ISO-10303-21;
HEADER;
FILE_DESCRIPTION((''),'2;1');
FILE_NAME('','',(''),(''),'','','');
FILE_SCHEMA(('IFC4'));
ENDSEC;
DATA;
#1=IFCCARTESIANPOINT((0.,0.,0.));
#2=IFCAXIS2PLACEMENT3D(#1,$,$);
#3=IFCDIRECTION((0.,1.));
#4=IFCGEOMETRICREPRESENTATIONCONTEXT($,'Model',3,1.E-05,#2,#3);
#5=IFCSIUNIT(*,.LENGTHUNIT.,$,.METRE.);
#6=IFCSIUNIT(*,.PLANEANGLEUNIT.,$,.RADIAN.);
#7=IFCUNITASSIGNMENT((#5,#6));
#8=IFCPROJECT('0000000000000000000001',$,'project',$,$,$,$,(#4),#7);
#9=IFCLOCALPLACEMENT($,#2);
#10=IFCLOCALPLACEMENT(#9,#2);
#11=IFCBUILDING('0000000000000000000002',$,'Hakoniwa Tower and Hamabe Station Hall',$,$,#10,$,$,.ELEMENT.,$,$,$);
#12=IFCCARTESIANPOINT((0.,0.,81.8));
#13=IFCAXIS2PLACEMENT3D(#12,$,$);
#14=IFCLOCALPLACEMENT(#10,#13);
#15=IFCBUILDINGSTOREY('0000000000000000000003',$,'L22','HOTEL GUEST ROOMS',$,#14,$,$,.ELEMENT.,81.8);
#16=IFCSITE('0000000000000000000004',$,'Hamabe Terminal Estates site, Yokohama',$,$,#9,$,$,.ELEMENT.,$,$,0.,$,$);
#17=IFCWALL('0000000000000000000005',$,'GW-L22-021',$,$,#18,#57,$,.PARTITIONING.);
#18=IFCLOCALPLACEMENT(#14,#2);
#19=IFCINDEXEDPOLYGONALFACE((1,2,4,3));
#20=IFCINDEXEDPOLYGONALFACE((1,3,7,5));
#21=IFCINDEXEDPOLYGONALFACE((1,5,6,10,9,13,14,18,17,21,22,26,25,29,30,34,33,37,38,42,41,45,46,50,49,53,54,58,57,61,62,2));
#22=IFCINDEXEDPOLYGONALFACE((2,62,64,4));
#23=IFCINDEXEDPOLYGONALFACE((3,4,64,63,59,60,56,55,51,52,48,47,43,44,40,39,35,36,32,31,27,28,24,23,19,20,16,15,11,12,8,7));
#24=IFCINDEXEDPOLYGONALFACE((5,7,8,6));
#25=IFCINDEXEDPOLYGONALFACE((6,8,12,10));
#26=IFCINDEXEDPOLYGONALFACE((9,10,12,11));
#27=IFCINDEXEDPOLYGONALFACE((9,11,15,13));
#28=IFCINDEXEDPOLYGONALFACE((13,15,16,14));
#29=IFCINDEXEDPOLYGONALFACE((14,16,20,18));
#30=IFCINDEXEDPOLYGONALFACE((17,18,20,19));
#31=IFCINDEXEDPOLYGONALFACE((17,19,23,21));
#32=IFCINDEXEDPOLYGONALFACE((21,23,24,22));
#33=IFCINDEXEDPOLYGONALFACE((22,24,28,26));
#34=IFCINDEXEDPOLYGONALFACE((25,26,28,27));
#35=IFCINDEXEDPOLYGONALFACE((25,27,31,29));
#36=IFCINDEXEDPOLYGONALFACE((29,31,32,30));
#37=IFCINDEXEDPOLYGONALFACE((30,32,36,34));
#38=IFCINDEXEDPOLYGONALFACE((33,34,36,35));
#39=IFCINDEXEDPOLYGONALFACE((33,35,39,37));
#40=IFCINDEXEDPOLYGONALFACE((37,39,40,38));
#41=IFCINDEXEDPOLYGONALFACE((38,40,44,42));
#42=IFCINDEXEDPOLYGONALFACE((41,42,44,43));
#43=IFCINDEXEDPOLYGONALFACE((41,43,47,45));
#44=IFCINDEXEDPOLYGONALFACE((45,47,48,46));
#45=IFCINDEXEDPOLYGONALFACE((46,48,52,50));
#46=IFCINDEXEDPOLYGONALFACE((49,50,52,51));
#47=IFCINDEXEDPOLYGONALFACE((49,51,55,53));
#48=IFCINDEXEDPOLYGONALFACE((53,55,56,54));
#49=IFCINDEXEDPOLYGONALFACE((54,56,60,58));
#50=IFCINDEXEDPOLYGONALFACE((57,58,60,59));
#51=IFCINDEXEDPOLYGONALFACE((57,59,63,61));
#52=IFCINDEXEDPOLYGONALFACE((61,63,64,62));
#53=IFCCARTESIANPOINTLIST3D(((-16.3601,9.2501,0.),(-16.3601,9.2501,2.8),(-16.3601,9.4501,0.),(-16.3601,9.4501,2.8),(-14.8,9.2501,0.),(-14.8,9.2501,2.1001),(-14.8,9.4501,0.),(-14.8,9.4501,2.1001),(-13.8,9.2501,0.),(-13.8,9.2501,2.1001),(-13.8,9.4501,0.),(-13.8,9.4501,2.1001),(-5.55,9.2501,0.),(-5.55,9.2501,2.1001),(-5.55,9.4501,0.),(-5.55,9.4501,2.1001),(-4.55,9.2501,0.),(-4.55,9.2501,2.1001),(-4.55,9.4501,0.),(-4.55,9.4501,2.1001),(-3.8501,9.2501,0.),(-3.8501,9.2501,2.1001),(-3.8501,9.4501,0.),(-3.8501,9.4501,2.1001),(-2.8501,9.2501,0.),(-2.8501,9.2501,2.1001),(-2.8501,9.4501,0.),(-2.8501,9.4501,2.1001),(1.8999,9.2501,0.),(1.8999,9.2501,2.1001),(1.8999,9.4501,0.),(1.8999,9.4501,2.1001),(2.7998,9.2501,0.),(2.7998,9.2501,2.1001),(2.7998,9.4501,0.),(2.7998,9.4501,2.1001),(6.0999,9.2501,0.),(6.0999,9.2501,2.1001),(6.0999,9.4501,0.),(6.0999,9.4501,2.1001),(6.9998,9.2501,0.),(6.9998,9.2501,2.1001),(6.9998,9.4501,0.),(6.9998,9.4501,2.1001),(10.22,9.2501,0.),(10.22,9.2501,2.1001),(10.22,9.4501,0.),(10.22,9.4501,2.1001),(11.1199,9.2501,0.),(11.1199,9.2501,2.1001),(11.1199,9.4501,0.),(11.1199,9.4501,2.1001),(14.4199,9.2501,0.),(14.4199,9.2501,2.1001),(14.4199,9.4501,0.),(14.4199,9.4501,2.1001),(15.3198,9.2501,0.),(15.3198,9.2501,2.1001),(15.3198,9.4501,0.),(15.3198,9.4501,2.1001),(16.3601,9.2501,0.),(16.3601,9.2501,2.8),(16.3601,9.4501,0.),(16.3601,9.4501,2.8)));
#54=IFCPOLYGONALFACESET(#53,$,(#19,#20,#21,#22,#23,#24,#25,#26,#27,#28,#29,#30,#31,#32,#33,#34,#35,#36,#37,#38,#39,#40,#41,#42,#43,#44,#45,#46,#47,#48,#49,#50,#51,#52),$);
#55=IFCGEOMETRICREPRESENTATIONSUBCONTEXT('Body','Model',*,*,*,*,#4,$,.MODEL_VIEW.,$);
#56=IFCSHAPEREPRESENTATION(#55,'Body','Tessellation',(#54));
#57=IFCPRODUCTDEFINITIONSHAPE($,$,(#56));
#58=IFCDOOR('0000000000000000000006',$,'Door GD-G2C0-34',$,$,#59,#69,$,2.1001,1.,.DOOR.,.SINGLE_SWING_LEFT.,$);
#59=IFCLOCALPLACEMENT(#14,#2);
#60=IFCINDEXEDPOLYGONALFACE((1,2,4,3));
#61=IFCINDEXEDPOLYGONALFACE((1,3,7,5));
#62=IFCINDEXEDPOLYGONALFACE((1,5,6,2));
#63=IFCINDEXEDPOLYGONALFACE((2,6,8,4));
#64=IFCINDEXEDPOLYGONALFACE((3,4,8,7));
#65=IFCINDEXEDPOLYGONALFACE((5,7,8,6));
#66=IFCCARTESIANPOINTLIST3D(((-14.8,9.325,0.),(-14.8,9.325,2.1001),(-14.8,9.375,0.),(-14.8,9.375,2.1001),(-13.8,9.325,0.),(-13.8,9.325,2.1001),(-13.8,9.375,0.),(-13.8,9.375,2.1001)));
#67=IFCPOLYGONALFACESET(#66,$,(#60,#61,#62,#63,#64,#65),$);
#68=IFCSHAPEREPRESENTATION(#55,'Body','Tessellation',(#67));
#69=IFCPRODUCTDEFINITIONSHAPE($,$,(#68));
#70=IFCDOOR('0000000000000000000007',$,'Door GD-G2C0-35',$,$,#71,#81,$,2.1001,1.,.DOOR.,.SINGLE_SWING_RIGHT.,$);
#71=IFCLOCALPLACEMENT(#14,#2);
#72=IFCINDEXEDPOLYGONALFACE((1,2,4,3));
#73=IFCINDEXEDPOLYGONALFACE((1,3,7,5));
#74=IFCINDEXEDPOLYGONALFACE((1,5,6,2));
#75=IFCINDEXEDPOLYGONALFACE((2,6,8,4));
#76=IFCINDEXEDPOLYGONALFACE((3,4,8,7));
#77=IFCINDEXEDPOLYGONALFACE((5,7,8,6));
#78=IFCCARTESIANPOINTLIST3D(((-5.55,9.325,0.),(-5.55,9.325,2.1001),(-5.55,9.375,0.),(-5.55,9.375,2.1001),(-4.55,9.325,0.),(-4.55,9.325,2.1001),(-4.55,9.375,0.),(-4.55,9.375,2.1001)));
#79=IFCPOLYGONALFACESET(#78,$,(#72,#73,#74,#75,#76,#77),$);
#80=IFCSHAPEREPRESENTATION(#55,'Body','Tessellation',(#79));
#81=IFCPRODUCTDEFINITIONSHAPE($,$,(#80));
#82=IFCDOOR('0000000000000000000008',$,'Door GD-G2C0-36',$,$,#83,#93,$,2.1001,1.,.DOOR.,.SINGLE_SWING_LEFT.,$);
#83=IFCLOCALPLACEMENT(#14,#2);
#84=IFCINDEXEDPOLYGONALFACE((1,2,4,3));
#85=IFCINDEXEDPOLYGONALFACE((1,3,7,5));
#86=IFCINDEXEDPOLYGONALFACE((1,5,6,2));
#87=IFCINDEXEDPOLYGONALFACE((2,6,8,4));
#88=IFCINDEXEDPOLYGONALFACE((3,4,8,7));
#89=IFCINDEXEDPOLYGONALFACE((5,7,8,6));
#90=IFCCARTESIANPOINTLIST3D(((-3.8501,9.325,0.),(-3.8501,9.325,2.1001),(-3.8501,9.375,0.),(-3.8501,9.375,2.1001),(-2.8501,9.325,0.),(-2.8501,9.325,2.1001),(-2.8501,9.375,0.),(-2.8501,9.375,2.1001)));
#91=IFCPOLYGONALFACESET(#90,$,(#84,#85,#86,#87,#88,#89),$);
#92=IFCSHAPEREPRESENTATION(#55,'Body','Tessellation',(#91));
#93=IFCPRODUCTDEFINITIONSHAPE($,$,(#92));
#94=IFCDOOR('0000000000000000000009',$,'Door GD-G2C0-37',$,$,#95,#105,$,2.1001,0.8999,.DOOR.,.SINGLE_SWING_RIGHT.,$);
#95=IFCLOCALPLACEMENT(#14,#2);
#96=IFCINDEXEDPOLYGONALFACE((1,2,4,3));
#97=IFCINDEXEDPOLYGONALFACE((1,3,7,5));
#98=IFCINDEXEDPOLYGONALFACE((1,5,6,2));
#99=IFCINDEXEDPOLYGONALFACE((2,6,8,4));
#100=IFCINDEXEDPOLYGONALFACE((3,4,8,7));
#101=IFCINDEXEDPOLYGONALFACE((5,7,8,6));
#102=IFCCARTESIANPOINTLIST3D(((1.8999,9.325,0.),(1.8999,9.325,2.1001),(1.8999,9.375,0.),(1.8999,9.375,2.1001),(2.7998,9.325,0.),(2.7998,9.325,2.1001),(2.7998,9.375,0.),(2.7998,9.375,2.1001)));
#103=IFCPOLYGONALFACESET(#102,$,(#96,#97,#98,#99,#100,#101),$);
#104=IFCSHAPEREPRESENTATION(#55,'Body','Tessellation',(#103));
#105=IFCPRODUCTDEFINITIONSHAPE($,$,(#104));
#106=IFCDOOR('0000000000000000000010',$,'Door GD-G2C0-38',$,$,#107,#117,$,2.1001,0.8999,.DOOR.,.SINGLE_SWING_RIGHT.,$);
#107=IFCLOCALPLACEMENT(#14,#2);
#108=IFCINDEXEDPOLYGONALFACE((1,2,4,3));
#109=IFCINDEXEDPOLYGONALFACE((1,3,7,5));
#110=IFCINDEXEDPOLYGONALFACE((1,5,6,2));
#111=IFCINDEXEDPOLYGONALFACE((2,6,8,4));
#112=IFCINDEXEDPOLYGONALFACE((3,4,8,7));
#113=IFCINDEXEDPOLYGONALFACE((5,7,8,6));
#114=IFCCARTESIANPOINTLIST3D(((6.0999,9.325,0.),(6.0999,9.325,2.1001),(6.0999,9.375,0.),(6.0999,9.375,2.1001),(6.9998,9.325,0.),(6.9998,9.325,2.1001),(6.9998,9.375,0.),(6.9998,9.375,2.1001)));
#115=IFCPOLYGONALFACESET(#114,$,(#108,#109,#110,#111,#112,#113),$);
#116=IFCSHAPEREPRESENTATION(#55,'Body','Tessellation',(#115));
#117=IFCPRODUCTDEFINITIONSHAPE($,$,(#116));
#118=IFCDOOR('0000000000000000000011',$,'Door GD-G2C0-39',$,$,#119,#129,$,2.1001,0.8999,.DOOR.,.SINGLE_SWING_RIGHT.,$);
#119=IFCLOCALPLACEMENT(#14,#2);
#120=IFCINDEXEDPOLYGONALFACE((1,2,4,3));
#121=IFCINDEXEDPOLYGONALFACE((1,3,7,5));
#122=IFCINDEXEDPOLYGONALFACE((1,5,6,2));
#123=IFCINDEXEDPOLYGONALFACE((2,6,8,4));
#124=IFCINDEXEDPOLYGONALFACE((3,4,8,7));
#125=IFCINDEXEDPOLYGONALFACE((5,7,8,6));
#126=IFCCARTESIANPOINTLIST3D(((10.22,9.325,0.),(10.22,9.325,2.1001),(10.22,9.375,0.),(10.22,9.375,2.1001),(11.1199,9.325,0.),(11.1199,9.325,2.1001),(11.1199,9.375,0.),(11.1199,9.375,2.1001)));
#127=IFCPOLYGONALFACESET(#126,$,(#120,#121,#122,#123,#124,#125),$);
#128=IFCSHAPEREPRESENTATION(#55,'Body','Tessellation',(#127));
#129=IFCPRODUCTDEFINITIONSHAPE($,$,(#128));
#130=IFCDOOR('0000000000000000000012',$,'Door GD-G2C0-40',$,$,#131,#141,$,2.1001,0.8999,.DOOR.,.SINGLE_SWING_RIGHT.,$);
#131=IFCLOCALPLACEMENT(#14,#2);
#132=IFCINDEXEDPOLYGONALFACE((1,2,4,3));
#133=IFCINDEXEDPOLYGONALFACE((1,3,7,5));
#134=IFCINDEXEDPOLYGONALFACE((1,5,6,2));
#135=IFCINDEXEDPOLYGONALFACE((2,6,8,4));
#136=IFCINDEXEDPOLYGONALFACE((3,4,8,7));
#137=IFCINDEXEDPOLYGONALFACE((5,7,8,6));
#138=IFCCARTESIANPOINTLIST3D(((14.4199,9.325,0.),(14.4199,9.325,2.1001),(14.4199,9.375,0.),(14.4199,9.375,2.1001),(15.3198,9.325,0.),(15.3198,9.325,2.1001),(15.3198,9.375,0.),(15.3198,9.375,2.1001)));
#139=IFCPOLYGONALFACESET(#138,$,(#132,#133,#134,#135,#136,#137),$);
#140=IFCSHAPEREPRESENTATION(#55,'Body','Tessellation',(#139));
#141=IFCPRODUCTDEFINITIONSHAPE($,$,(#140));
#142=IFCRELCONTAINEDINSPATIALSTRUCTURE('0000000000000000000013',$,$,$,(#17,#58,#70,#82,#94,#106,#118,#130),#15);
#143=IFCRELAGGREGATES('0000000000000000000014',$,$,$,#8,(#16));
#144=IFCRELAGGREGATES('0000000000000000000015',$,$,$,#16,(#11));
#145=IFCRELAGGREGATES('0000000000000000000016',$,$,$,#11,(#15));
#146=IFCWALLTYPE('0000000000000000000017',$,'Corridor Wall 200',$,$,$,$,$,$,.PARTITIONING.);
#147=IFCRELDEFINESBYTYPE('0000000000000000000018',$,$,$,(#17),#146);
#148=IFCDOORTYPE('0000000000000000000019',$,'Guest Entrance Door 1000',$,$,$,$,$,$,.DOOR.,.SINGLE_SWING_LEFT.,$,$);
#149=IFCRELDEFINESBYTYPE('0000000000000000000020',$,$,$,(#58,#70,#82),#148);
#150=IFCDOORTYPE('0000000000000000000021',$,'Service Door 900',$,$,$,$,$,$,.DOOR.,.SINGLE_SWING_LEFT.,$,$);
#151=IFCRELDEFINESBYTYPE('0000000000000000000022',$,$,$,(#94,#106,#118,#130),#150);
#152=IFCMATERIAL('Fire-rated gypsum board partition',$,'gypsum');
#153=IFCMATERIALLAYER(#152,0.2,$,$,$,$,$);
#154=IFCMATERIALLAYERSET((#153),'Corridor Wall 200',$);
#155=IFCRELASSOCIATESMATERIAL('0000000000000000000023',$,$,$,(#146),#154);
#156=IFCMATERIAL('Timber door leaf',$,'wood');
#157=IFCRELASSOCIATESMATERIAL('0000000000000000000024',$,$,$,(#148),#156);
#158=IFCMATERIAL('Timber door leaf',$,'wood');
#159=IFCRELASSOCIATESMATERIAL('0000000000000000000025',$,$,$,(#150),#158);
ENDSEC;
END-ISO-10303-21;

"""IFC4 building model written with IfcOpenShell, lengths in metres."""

from ifc_helpers import new_model, si_unit, direction, frame, frame_2d, origin, place, context, subcontext, project, spatial, rectangle, extrude, material, layer, layer_set, type_object, element, fill, save


model = new_model("IFC4")

# Units and contexts
model_context = context("Model", 3, precision=1e-05, world=origin(), true_north=direction((0.0, 1.0)))
body_context = subcontext(model_context, "Body", "Model", "MODEL_VIEW")
ifc_project = project(units=[si_unit("LENGTHUNIT", "METRE"), si_unit("PLANEANGLEUNIT", "RADIAN")], contexts=[model_context])

# Site, building, storey
site_placement = place(None, origin())
site = spatial("IfcSite", under=ifc_project, at=site_placement, Name="Hamabe Terminal Estates site, Yokohama", CompositionType="ELEMENT", RefElevation=0.0)
building_placement = place(site_placement, origin())
building = spatial("IfcBuilding", under=site, at=building_placement, Name="Hakoniwa Tower and Hamabe Station Hall", CompositionType="ELEMENT")
storey_placement = place(building_placement, frame((0.0, 0.0, 81.8)))
storey = spatial("IfcBuildingStorey", under=building, at=storey_placement, Name="L22", Description="HOTEL GUEST ROOMS", CompositionType="ELEMENT", Elevation=81.8)

# Wall, openings, doors
ifc_material_1 = material(Name="Fire-rated gypsum board partition", Category="gypsum")
ifc_layer_1 = layer(ifc_material_1, 0.2)
ifc_layer_set_1 = layer_set([ifc_layer_1], Name="Corridor Wall 200")
wall_type_1 = type_object("IfcWallType", Name="Corridor Wall 200", PredefinedType="PARTITIONING", material=ifc_layer_set_1)
wall_1_placement = place(storey_placement, frame((-16.3601, 9.3501, 0.0), z_axis=(0.0, 0.0, 1.0), x_axis=(1.0, 0.0, 0.0)))
wall_1 = element("IfcWall", 1, at=wall_1_placement, inside=storey, type_object=wall_type_1, Name="GW-L22-021", PredefinedType="PARTITIONING", context=body_context, shape_type="SweptSolid", body=[
    extrude(rectangle(XDim=32.7202, YDim=0.2, at=frame_2d((16.3601, 0.0))), origin(), (0.0, 0.0, 1.0), 2.8),
])
opening_1_placement = place(wall_1_placement, frame((1.5601, 0.0, 0.0)))
opening_1 = element("IfcOpeningElement", 2, at=opening_1_placement, cuts=wall_1, PredefinedType="OPENING", context=body_context, shape_type="SweptSolid", body=[
    extrude(rectangle(XDim=1.0, YDim=2.1001, at=frame_2d((0.5, 1.05))), frame((0.0, 0.1099, 0.0), z_axis=(0.0, -1.0, 0.0), x_axis=(1.0, 0.0, 0.0)), (0.0, 0.0, 1.0), 0.22),
])
opening_2_placement = place(wall_1_placement, frame((10.8101, 0.0, 0.0)))
opening_2 = element("IfcOpeningElement", 3, at=opening_2_placement, cuts=wall_1, PredefinedType="OPENING", context=body_context, shape_type="SweptSolid", body=[
    extrude(rectangle(XDim=1.0, YDim=2.1001, at=frame_2d((0.5, 1.05))), frame((0.0, 0.1099, 0.0), z_axis=(0.0, -1.0, 0.0), x_axis=(1.0, 0.0, 0.0)), (0.0, 0.0, 1.0), 0.22),
])
opening_3_placement = place(wall_1_placement, frame((12.51, 0.0, 0.0)))
opening_3 = element("IfcOpeningElement", 4, at=opening_3_placement, cuts=wall_1, PredefinedType="OPENING", context=body_context, shape_type="SweptSolid", body=[
    extrude(rectangle(XDim=1.0, YDim=2.1001, at=frame_2d((0.5, 1.05))), frame((0.0, 0.1099, 0.0), z_axis=(0.0, -1.0, 0.0), x_axis=(1.0, 0.0, 0.0)), (0.0, 0.0, 1.0), 0.22),
])
opening_4_placement = place(wall_1_placement, frame((18.26, 0.0, 0.0)))
opening_4 = element("IfcOpeningElement", 5, at=opening_4_placement, cuts=wall_1, PredefinedType="OPENING", context=body_context, shape_type="SweptSolid", body=[
    extrude(rectangle(XDim=0.8999, YDim=2.1001, at=frame_2d((0.45, 1.05))), frame((0.0, 0.1099, 0.0), z_axis=(0.0, -1.0, 0.0), x_axis=(1.0, 0.0, 0.0)), (0.0, 0.0, 1.0), 0.22),
])
opening_5_placement = place(wall_1_placement, frame((22.46, 0.0, 0.0)))
opening_5 = element("IfcOpeningElement", 6, at=opening_5_placement, cuts=wall_1, PredefinedType="OPENING", context=body_context, shape_type="SweptSolid", body=[
    extrude(rectangle(XDim=0.8999, YDim=2.1001, at=frame_2d((0.45, 1.05))), frame((0.0, 0.1099, 0.0), z_axis=(0.0, -1.0, 0.0), x_axis=(1.0, 0.0, 0.0)), (0.0, 0.0, 1.0), 0.22),
])
opening_6_placement = place(wall_1_placement, frame((26.5801, 0.0, 0.0)))
opening_6 = element("IfcOpeningElement", 7, at=opening_6_placement, cuts=wall_1, PredefinedType="OPENING", context=body_context, shape_type="SweptSolid", body=[
    extrude(rectangle(XDim=0.8999, YDim=2.1001, at=frame_2d((0.45, 1.05))), frame((0.0, 0.1099, 0.0), z_axis=(0.0, -1.0, 0.0), x_axis=(1.0, 0.0, 0.0)), (0.0, 0.0, 1.0), 0.22),
])
opening_7_placement = place(wall_1_placement, frame((30.78, 0.0, 0.0)))
opening_7 = element("IfcOpeningElement", 8, at=opening_7_placement, cuts=wall_1, PredefinedType="OPENING", context=body_context, shape_type="SweptSolid", body=[
    extrude(rectangle(XDim=0.8999, YDim=2.1001, at=frame_2d((0.45, 1.05))), frame((0.0, 0.1099, 0.0), z_axis=(0.0, -1.0, 0.0), x_axis=(1.0, 0.0, 0.0)), (0.0, 0.0, 1.0), 0.22),
])
ifc_material_2 = material(Name="Timber door leaf", Category="wood")
door_type_1 = type_object("IfcDoorType", Name="Guest Entrance Door 1000", OperationType="SINGLE_SWING_LEFT", PredefinedType="DOOR", material=ifc_material_2)
door_1_placement = place(opening_1_placement, origin())
door_1 = element("IfcDoor", 9, at=door_1_placement, inside=storey, type_object=door_type_1, Name="Door GD-G2C0-34", OperationType="SINGLE_SWING_LEFT", OverallHeight=2.1001, OverallWidth=1.0, PredefinedType="DOOR", context=body_context, shape_type="SweptSolid", body=[
    extrude(rectangle(XDim=1.0, YDim=2.1001, at=frame_2d((0.5, 1.05))), frame((0.0, 0.0249, 0.0), z_axis=(0.0, -1.0, 0.0), x_axis=(1.0, 0.0, 0.0)), (0.0, 0.0, 1.0), 0.05),
])
fill(opening_1, door_1)
door_2_placement = place(opening_2_placement, origin())
door_2 = element("IfcDoor", 10, at=door_2_placement, inside=storey, type_object=door_type_1, Name="Door GD-G2C0-35", OperationType="SINGLE_SWING_RIGHT", OverallHeight=2.1001, OverallWidth=1.0, PredefinedType="DOOR", context=body_context, shape_type="SweptSolid", body=[
    extrude(rectangle(XDim=1.0, YDim=2.1001, at=frame_2d((0.5, 1.05))), frame((0.0, 0.0249, 0.0), z_axis=(0.0, -1.0, 0.0), x_axis=(1.0, 0.0, 0.0)), (0.0, 0.0, 1.0), 0.05),
])
fill(opening_2, door_2)
door_3_placement = place(opening_3_placement, origin())
door_3 = element("IfcDoor", 11, at=door_3_placement, inside=storey, type_object=door_type_1, Name="Door GD-G2C0-36", OperationType="SINGLE_SWING_LEFT", OverallHeight=2.1001, OverallWidth=1.0, PredefinedType="DOOR", context=body_context, shape_type="SweptSolid", body=[
    extrude(rectangle(XDim=1.0, YDim=2.1001, at=frame_2d((0.5, 1.05))), frame((0.0, 0.0249, 0.0), z_axis=(0.0, -1.0, 0.0), x_axis=(1.0, 0.0, 0.0)), (0.0, 0.0, 1.0), 0.05),
])
fill(opening_3, door_3)
ifc_material_3 = material(Name="Timber door leaf", Category="wood")
door_type_2 = type_object("IfcDoorType", Name="Service Door 900", OperationType="SINGLE_SWING_LEFT", PredefinedType="DOOR", material=ifc_material_3)
door_4_placement = place(opening_4_placement, origin())
door_4 = element("IfcDoor", 12, at=door_4_placement, inside=storey, type_object=door_type_2, Name="Door GD-G2C0-37", OperationType="SINGLE_SWING_RIGHT", OverallHeight=2.1001, OverallWidth=0.8999, PredefinedType="DOOR", context=body_context, shape_type="SweptSolid", body=[
    extrude(rectangle(XDim=0.8999, YDim=2.1001, at=frame_2d((0.45, 1.05))), frame((0.0, 0.0249, 0.0), z_axis=(0.0, -1.0, 0.0), x_axis=(1.0, 0.0, 0.0)), (0.0, 0.0, 1.0), 0.05),
])
fill(opening_4, door_4)
door_5_placement = place(opening_5_placement, origin())
door_5 = element("IfcDoor", 13, at=door_5_placement, inside=storey, type_object=door_type_2, Name="Door GD-G2C0-38", OperationType="SINGLE_SWING_RIGHT", OverallHeight=2.1001, OverallWidth=0.8999, PredefinedType="DOOR", context=body_context, shape_type="SweptSolid", body=[
    extrude(rectangle(XDim=0.8999, YDim=2.1001, at=frame_2d((0.45, 1.05))), frame((0.0, 0.0249, 0.0), z_axis=(0.0, -1.0, 0.0), x_axis=(1.0, 0.0, 0.0)), (0.0, 0.0, 1.0), 0.05),
])
fill(opening_5, door_5)
door_6_placement = place(opening_6_placement, origin())
door_6 = element("IfcDoor", 14, at=door_6_placement, inside=storey, type_object=door_type_2, Name="Door GD-G2C0-39", OperationType="SINGLE_SWING_RIGHT", OverallHeight=2.1001, OverallWidth=0.8999, PredefinedType="DOOR", context=body_context, shape_type="SweptSolid", body=[
    extrude(rectangle(XDim=0.8999, YDim=2.1001, at=frame_2d((0.45, 1.05))), frame((0.0, 0.0249, 0.0), z_axis=(0.0, -1.0, 0.0), x_axis=(1.0, 0.0, 0.0)), (0.0, 0.0, 1.0), 0.05),
])
fill(opening_6, door_6)
door_7_placement = place(opening_7_placement, origin())
door_7 = element("IfcDoor", 15, at=door_7_placement, inside=storey, type_object=door_type_2, Name="Door GD-G2C0-40", OperationType="SINGLE_SWING_RIGHT", OverallHeight=2.1001, OverallWidth=0.8999, PredefinedType="DOOR", context=body_context, shape_type="SweptSolid", body=[
    extrude(rectangle(XDim=0.8999, YDim=2.1001, at=frame_2d((0.45, 1.05))), frame((0.0, 0.0249, 0.0), z_axis=(0.0, -1.0, 0.0), x_axis=(1.0, 0.0, 0.0)), (0.0, 0.0, 1.0), 0.05),
])
fill(opening_7, door_7)

save(model, "model.ifc")
